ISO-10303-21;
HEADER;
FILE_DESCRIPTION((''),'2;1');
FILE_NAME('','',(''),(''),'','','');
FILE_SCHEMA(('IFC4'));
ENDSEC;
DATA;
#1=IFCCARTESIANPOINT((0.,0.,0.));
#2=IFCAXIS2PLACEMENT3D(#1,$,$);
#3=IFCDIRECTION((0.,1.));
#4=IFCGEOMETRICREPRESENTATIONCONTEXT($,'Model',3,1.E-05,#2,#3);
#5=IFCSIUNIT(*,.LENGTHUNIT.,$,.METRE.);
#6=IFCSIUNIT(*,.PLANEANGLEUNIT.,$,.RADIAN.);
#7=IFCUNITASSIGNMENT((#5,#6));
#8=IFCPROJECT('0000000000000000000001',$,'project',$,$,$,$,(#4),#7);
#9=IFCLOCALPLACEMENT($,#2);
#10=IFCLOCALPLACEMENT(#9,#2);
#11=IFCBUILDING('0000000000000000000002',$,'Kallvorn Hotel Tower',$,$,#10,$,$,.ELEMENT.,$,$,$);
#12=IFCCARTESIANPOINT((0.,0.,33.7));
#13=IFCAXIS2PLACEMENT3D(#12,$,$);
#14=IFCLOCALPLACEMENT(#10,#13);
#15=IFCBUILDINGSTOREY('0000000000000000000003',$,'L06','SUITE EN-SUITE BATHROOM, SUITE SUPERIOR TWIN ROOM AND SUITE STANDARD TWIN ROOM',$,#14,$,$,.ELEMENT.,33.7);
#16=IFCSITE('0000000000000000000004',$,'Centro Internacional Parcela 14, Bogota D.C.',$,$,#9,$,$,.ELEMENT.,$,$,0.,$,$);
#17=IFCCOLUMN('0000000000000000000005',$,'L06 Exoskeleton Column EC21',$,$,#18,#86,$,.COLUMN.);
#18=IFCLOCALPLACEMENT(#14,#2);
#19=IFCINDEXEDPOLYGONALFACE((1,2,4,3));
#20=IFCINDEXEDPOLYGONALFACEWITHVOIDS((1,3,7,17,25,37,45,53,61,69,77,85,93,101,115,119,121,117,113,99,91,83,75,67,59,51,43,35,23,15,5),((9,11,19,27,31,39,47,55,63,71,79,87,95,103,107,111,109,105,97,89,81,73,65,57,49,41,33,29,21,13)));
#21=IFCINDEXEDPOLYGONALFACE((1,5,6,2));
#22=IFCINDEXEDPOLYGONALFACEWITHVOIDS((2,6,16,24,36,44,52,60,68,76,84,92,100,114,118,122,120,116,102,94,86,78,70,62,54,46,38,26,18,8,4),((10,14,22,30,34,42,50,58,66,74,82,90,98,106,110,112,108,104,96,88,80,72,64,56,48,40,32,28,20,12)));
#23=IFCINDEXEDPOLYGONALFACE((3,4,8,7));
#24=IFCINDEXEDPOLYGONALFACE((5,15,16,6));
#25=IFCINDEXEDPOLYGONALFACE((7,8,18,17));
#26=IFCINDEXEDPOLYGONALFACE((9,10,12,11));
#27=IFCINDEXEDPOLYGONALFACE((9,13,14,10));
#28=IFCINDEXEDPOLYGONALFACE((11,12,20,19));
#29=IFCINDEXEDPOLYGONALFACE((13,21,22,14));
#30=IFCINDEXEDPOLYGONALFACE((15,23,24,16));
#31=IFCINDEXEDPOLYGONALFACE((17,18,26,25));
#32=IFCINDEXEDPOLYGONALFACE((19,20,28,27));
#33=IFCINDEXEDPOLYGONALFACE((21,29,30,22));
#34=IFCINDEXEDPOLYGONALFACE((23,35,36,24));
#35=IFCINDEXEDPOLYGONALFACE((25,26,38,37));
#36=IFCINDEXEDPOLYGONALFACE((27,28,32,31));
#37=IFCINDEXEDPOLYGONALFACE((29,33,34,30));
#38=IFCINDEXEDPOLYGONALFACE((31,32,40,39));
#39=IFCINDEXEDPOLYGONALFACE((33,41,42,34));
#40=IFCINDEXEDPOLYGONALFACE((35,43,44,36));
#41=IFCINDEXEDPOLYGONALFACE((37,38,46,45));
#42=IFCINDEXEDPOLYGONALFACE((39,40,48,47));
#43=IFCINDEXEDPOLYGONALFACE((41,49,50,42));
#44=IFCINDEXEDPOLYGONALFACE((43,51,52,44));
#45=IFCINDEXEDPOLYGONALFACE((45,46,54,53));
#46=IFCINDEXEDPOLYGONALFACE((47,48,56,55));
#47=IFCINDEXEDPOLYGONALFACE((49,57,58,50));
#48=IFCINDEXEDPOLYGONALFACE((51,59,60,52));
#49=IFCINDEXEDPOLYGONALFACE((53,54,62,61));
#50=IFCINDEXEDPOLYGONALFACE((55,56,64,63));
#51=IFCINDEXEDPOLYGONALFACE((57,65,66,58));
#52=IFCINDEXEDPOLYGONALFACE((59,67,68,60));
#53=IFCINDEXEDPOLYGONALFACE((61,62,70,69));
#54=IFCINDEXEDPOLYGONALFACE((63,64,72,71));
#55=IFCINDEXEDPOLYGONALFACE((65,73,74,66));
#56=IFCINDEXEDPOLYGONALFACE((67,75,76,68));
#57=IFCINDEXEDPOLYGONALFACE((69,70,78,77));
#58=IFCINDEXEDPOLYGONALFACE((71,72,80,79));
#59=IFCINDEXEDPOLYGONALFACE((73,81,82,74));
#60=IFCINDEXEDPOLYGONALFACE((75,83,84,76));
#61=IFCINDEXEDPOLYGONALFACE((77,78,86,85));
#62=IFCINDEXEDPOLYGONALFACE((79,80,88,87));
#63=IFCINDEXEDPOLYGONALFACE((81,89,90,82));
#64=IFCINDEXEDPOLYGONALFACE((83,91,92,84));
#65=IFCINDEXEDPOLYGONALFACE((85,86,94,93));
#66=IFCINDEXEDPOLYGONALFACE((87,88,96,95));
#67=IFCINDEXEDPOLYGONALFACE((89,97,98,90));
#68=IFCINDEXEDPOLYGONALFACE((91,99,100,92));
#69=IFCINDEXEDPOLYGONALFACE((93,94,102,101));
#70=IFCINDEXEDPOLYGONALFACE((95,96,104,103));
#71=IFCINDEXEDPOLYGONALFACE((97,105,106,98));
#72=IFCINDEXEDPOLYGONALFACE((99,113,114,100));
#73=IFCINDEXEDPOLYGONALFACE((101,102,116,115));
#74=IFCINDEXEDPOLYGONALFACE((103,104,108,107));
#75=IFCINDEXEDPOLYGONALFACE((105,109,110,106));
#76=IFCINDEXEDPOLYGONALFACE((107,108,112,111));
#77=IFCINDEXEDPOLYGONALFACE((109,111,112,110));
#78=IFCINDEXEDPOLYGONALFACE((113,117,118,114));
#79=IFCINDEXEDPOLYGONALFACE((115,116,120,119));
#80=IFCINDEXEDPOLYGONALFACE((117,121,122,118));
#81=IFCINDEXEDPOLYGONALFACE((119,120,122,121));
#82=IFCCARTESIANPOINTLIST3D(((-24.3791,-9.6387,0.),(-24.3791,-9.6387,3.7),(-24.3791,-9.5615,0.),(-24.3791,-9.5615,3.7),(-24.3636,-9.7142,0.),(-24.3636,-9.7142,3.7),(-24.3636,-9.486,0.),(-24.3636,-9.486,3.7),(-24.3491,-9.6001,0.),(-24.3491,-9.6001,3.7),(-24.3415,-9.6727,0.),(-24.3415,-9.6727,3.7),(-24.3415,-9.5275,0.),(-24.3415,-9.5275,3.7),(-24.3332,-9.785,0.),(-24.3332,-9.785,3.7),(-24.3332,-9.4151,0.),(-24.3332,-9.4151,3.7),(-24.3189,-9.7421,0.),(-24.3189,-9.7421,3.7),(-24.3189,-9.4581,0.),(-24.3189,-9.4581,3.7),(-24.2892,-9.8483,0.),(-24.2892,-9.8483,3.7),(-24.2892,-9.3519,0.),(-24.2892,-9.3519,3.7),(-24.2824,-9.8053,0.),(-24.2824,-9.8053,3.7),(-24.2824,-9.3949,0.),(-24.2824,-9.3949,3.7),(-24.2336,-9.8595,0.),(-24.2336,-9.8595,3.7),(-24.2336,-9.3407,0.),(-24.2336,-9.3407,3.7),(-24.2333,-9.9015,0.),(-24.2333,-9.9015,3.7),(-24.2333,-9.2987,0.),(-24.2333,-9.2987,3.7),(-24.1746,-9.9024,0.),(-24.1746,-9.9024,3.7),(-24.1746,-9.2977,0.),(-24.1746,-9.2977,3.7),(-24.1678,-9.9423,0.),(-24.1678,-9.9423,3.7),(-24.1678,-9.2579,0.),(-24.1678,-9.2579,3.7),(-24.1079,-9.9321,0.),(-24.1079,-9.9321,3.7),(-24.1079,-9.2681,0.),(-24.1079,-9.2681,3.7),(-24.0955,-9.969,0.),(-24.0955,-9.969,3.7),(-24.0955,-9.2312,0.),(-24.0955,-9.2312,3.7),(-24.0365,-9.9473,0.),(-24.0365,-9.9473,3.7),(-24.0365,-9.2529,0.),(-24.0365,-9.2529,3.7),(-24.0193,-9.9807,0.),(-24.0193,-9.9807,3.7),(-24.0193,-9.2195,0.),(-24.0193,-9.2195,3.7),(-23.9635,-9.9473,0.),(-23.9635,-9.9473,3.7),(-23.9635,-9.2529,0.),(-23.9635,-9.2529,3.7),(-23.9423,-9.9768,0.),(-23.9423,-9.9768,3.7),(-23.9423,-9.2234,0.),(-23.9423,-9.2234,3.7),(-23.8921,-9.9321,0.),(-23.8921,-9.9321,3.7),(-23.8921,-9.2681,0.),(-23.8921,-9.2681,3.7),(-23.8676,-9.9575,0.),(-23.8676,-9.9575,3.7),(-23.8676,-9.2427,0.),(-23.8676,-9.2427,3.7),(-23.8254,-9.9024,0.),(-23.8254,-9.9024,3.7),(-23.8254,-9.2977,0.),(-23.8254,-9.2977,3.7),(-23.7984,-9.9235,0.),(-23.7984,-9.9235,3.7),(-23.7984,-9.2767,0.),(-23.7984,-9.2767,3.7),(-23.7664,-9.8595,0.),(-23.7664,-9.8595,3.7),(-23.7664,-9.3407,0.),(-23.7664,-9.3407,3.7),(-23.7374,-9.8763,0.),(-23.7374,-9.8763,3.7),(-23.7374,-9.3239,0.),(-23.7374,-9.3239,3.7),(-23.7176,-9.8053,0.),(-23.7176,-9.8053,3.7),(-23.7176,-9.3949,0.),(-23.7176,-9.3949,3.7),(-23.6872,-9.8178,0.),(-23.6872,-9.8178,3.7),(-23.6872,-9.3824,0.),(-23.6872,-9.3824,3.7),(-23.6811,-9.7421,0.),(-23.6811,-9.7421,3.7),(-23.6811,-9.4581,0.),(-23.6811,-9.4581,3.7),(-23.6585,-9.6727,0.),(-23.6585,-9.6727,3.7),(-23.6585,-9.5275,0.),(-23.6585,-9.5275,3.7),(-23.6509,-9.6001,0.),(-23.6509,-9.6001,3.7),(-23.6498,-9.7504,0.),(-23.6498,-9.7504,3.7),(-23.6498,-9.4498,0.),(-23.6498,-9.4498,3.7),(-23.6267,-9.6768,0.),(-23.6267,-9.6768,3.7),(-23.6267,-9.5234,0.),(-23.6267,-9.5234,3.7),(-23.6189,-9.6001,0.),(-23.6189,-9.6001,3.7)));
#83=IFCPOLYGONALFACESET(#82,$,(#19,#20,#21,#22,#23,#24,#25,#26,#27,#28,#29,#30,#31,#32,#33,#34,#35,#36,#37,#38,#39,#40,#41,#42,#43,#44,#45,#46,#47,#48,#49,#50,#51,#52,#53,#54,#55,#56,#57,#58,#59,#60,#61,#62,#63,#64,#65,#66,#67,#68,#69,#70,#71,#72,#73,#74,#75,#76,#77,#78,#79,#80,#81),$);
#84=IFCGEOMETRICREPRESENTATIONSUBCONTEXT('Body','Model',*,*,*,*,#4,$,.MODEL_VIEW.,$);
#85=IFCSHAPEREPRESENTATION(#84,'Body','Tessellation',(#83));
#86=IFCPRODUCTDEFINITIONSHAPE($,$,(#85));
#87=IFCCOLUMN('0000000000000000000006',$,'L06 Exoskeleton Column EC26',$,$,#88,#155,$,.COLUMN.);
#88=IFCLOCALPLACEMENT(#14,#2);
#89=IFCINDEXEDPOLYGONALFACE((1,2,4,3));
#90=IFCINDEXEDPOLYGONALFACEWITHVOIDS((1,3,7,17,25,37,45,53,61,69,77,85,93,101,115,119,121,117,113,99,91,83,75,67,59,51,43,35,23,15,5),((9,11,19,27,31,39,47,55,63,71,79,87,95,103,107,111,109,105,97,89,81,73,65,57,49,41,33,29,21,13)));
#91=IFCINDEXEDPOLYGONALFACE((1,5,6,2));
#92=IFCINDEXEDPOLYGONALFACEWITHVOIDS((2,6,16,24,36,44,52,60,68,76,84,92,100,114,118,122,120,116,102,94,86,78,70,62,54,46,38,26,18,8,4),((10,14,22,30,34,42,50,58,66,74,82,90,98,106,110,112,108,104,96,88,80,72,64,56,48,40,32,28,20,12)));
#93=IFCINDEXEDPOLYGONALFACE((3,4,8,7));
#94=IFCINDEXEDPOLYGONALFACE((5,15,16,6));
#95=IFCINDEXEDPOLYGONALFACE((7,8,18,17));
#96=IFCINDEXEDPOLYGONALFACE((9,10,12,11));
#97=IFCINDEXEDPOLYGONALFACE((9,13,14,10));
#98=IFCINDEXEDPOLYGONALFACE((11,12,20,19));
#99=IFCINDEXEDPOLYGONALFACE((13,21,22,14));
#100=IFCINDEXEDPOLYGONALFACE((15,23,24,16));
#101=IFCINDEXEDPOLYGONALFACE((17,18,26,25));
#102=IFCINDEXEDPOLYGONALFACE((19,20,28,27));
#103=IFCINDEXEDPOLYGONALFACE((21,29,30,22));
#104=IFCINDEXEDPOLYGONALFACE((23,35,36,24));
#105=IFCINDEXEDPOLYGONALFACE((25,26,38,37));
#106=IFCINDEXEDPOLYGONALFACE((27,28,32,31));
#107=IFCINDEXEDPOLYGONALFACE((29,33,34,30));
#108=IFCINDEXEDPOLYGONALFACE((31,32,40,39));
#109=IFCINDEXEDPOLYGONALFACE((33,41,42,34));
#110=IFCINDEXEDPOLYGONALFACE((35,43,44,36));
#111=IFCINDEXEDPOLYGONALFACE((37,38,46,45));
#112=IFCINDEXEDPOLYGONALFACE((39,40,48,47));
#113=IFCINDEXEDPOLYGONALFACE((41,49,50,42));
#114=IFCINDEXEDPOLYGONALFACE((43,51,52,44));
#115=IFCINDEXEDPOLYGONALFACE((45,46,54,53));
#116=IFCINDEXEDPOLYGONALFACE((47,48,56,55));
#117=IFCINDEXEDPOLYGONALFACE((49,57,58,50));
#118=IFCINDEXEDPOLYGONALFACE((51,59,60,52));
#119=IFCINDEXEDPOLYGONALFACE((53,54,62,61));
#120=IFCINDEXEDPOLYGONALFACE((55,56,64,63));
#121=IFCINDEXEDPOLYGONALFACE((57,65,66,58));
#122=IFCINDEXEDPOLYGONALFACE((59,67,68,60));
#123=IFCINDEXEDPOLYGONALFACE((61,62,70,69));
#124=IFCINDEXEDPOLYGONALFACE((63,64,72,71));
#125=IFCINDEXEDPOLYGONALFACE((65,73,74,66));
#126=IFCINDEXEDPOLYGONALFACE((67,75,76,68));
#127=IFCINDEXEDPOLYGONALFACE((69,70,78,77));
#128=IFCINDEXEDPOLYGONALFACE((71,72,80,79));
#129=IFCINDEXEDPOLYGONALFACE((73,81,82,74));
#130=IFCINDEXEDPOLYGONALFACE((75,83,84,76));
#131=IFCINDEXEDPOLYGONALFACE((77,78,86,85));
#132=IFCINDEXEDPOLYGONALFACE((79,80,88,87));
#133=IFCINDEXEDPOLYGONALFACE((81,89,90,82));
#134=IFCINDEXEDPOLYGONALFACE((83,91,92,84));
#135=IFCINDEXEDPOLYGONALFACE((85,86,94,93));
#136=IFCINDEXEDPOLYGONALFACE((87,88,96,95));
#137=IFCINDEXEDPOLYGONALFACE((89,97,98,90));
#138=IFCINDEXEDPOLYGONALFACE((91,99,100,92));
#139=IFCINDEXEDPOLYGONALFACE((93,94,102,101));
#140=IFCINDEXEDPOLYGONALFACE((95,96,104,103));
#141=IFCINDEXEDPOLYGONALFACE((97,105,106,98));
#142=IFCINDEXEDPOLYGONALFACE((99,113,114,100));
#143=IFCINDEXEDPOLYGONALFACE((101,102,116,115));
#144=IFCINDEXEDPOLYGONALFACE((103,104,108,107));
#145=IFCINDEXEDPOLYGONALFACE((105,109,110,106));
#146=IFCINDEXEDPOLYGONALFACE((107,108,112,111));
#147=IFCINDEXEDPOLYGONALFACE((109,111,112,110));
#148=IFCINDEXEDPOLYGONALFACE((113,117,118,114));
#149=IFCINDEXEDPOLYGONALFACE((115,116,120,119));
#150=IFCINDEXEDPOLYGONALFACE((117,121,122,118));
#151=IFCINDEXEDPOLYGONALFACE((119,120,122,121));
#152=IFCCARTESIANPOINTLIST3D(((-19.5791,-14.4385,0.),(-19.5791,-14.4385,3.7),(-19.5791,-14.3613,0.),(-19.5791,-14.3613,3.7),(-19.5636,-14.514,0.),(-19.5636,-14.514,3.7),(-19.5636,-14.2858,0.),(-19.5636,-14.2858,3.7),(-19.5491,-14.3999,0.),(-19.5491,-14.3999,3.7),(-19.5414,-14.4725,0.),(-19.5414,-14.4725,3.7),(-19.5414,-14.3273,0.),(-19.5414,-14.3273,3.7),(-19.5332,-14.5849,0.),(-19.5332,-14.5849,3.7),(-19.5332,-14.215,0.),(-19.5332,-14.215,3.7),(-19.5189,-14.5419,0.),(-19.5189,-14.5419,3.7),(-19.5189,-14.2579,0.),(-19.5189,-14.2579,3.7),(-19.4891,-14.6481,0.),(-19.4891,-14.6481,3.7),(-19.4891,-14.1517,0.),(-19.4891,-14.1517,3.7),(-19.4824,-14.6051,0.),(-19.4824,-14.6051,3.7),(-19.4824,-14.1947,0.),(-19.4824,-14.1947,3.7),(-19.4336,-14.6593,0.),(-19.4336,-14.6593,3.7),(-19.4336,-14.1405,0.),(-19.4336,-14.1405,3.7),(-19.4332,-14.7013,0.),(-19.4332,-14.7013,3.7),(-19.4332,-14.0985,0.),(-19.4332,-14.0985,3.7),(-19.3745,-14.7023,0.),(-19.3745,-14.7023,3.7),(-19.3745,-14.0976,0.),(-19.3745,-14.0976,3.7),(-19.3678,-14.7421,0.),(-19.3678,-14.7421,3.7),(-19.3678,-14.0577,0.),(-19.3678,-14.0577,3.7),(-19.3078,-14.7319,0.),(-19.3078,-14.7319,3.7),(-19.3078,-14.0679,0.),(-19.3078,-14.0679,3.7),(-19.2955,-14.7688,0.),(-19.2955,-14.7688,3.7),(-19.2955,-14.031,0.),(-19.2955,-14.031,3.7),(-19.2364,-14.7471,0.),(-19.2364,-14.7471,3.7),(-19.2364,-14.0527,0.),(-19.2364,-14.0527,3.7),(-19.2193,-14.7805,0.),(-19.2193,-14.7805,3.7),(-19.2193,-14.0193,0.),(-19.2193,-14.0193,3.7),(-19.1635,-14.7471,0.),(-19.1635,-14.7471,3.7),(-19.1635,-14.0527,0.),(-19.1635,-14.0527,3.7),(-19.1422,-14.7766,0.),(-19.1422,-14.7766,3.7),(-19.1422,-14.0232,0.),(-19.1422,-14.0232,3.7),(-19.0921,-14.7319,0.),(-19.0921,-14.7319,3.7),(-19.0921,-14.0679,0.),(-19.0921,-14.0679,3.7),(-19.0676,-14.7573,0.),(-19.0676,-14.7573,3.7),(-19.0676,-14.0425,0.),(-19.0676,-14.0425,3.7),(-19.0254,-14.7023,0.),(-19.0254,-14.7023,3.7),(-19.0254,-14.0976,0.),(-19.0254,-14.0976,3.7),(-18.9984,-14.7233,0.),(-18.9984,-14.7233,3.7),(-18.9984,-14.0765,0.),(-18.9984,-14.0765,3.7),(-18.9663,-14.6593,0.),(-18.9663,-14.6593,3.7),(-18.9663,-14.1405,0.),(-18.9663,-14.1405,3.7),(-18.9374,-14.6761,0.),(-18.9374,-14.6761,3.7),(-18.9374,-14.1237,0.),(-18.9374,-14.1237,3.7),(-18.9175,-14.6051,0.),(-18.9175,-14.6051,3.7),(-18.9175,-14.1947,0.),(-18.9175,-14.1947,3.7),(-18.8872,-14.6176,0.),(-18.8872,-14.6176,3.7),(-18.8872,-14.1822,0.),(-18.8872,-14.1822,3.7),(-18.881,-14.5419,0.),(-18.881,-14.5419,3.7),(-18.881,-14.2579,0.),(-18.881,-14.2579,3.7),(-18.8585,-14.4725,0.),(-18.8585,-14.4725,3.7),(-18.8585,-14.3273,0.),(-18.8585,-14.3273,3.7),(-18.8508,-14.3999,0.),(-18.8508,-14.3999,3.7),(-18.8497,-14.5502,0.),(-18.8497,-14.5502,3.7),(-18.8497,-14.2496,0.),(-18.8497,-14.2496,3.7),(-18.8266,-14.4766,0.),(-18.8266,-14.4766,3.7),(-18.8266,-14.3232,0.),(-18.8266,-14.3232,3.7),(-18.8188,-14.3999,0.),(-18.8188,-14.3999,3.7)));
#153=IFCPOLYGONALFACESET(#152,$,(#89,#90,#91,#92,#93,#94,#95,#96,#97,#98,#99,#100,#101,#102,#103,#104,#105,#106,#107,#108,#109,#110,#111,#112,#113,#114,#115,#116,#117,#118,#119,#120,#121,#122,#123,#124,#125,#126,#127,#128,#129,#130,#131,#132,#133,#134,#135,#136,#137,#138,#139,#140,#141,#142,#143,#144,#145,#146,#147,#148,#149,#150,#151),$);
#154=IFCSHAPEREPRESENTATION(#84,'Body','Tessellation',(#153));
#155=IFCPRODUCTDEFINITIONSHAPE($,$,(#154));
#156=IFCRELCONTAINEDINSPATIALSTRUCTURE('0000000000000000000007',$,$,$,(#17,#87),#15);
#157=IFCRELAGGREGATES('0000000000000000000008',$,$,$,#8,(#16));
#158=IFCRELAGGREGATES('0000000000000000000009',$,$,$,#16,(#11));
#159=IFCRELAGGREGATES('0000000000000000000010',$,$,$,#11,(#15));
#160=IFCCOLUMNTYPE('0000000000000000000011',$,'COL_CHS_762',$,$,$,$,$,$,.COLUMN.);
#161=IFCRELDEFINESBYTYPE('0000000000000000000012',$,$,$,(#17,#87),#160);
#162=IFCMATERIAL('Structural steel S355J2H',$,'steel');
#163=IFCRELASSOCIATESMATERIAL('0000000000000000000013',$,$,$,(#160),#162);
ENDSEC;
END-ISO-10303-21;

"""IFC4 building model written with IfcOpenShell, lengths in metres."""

from ifc_helpers import new_model, si_unit, direction, frame, origin, origin_2d, place, context, subcontext, project, spatial, hollow_circle, extrude, material, material_profile, profile_set, type_object, element, save


model = new_model("IFC4")

# Units and contexts
model_context = context("Model", 3, precision=1e-05, world=origin(), true_north=direction((0.0, 1.0)))
body_context = subcontext(model_context, "Body", "Model", "MODEL_VIEW")
ifc_project = project(units=[si_unit("LENGTHUNIT", "METRE"), si_unit("PLANEANGLEUNIT", "RADIAN")], contexts=[model_context])

# Site, building, storey
site_placement = place(None, origin())
site = spatial("IfcSite", under=ifc_project, at=site_placement, Name="Centro Internacional Parcela 14, Bogota D.C.", CompositionType="ELEMENT", RefElevation=0.0)
building_placement = place(site_placement, origin())
building = spatial("IfcBuilding", under=site, at=building_placement, Name="Kallvorn Hotel Tower", CompositionType="ELEMENT")
storey_placement = place(building_placement, frame((0.0, 0.0, 33.7)))
storey = spatial("IfcBuildingStorey", under=building, at=storey_placement, Name="L06", Description="SUITE EN-SUITE BATHROOM, SUITE SUPERIOR TWIN ROOM AND SUITE STANDARD TWIN ROOM", CompositionType="ELEMENT", Elevation=33.7)

# Columns
ifc_material_1 = material(Name="Structural steel S355J2H", Category="steel")
ifc_material_profile_1 = material_profile(ifc_material_1, hollow_circle(Radius=0.3811, WallThickness=0.032, at=origin_2d()), Name="CHS 762x32")
ifc_profile_set_1 = profile_set([ifc_material_profile_1], Name="Structural steel S355J2H")
column_type_1 = type_object("IfcColumnType", Name="COL_CHS_762", PredefinedType="COLUMN", material=ifc_profile_set_1)
for number, where, z_axis, x_axis, name in (
    (1, (-24.0, -9.6001, 0.0), (0.0, 0.0, 1.0), (1.0, 0.0, 0.0), "L06 Exoskeleton Column EC21"),
    (2, (-19.2, -14.3999, 0.0), (0.0, 0.0, 1.0), (1.0, 0.0, 0.0), "L06 Exoskeleton Column EC26"),
):
    element("IfcColumn", number, at=place(storey_placement, frame(where, z_axis=z_axis, x_axis=x_axis)), inside=storey, type_object=column_type_1, Name=name, PredefinedType="COLUMN", context=body_context, shape_type="SweptSolid", body=[
        extrude(hollow_circle(Radius=0.3811, WallThickness=0.032, at=origin_2d()), origin(), (0.0, 0.0, 1.0), 3.7),
    ])

save(model, "model.ifc")
